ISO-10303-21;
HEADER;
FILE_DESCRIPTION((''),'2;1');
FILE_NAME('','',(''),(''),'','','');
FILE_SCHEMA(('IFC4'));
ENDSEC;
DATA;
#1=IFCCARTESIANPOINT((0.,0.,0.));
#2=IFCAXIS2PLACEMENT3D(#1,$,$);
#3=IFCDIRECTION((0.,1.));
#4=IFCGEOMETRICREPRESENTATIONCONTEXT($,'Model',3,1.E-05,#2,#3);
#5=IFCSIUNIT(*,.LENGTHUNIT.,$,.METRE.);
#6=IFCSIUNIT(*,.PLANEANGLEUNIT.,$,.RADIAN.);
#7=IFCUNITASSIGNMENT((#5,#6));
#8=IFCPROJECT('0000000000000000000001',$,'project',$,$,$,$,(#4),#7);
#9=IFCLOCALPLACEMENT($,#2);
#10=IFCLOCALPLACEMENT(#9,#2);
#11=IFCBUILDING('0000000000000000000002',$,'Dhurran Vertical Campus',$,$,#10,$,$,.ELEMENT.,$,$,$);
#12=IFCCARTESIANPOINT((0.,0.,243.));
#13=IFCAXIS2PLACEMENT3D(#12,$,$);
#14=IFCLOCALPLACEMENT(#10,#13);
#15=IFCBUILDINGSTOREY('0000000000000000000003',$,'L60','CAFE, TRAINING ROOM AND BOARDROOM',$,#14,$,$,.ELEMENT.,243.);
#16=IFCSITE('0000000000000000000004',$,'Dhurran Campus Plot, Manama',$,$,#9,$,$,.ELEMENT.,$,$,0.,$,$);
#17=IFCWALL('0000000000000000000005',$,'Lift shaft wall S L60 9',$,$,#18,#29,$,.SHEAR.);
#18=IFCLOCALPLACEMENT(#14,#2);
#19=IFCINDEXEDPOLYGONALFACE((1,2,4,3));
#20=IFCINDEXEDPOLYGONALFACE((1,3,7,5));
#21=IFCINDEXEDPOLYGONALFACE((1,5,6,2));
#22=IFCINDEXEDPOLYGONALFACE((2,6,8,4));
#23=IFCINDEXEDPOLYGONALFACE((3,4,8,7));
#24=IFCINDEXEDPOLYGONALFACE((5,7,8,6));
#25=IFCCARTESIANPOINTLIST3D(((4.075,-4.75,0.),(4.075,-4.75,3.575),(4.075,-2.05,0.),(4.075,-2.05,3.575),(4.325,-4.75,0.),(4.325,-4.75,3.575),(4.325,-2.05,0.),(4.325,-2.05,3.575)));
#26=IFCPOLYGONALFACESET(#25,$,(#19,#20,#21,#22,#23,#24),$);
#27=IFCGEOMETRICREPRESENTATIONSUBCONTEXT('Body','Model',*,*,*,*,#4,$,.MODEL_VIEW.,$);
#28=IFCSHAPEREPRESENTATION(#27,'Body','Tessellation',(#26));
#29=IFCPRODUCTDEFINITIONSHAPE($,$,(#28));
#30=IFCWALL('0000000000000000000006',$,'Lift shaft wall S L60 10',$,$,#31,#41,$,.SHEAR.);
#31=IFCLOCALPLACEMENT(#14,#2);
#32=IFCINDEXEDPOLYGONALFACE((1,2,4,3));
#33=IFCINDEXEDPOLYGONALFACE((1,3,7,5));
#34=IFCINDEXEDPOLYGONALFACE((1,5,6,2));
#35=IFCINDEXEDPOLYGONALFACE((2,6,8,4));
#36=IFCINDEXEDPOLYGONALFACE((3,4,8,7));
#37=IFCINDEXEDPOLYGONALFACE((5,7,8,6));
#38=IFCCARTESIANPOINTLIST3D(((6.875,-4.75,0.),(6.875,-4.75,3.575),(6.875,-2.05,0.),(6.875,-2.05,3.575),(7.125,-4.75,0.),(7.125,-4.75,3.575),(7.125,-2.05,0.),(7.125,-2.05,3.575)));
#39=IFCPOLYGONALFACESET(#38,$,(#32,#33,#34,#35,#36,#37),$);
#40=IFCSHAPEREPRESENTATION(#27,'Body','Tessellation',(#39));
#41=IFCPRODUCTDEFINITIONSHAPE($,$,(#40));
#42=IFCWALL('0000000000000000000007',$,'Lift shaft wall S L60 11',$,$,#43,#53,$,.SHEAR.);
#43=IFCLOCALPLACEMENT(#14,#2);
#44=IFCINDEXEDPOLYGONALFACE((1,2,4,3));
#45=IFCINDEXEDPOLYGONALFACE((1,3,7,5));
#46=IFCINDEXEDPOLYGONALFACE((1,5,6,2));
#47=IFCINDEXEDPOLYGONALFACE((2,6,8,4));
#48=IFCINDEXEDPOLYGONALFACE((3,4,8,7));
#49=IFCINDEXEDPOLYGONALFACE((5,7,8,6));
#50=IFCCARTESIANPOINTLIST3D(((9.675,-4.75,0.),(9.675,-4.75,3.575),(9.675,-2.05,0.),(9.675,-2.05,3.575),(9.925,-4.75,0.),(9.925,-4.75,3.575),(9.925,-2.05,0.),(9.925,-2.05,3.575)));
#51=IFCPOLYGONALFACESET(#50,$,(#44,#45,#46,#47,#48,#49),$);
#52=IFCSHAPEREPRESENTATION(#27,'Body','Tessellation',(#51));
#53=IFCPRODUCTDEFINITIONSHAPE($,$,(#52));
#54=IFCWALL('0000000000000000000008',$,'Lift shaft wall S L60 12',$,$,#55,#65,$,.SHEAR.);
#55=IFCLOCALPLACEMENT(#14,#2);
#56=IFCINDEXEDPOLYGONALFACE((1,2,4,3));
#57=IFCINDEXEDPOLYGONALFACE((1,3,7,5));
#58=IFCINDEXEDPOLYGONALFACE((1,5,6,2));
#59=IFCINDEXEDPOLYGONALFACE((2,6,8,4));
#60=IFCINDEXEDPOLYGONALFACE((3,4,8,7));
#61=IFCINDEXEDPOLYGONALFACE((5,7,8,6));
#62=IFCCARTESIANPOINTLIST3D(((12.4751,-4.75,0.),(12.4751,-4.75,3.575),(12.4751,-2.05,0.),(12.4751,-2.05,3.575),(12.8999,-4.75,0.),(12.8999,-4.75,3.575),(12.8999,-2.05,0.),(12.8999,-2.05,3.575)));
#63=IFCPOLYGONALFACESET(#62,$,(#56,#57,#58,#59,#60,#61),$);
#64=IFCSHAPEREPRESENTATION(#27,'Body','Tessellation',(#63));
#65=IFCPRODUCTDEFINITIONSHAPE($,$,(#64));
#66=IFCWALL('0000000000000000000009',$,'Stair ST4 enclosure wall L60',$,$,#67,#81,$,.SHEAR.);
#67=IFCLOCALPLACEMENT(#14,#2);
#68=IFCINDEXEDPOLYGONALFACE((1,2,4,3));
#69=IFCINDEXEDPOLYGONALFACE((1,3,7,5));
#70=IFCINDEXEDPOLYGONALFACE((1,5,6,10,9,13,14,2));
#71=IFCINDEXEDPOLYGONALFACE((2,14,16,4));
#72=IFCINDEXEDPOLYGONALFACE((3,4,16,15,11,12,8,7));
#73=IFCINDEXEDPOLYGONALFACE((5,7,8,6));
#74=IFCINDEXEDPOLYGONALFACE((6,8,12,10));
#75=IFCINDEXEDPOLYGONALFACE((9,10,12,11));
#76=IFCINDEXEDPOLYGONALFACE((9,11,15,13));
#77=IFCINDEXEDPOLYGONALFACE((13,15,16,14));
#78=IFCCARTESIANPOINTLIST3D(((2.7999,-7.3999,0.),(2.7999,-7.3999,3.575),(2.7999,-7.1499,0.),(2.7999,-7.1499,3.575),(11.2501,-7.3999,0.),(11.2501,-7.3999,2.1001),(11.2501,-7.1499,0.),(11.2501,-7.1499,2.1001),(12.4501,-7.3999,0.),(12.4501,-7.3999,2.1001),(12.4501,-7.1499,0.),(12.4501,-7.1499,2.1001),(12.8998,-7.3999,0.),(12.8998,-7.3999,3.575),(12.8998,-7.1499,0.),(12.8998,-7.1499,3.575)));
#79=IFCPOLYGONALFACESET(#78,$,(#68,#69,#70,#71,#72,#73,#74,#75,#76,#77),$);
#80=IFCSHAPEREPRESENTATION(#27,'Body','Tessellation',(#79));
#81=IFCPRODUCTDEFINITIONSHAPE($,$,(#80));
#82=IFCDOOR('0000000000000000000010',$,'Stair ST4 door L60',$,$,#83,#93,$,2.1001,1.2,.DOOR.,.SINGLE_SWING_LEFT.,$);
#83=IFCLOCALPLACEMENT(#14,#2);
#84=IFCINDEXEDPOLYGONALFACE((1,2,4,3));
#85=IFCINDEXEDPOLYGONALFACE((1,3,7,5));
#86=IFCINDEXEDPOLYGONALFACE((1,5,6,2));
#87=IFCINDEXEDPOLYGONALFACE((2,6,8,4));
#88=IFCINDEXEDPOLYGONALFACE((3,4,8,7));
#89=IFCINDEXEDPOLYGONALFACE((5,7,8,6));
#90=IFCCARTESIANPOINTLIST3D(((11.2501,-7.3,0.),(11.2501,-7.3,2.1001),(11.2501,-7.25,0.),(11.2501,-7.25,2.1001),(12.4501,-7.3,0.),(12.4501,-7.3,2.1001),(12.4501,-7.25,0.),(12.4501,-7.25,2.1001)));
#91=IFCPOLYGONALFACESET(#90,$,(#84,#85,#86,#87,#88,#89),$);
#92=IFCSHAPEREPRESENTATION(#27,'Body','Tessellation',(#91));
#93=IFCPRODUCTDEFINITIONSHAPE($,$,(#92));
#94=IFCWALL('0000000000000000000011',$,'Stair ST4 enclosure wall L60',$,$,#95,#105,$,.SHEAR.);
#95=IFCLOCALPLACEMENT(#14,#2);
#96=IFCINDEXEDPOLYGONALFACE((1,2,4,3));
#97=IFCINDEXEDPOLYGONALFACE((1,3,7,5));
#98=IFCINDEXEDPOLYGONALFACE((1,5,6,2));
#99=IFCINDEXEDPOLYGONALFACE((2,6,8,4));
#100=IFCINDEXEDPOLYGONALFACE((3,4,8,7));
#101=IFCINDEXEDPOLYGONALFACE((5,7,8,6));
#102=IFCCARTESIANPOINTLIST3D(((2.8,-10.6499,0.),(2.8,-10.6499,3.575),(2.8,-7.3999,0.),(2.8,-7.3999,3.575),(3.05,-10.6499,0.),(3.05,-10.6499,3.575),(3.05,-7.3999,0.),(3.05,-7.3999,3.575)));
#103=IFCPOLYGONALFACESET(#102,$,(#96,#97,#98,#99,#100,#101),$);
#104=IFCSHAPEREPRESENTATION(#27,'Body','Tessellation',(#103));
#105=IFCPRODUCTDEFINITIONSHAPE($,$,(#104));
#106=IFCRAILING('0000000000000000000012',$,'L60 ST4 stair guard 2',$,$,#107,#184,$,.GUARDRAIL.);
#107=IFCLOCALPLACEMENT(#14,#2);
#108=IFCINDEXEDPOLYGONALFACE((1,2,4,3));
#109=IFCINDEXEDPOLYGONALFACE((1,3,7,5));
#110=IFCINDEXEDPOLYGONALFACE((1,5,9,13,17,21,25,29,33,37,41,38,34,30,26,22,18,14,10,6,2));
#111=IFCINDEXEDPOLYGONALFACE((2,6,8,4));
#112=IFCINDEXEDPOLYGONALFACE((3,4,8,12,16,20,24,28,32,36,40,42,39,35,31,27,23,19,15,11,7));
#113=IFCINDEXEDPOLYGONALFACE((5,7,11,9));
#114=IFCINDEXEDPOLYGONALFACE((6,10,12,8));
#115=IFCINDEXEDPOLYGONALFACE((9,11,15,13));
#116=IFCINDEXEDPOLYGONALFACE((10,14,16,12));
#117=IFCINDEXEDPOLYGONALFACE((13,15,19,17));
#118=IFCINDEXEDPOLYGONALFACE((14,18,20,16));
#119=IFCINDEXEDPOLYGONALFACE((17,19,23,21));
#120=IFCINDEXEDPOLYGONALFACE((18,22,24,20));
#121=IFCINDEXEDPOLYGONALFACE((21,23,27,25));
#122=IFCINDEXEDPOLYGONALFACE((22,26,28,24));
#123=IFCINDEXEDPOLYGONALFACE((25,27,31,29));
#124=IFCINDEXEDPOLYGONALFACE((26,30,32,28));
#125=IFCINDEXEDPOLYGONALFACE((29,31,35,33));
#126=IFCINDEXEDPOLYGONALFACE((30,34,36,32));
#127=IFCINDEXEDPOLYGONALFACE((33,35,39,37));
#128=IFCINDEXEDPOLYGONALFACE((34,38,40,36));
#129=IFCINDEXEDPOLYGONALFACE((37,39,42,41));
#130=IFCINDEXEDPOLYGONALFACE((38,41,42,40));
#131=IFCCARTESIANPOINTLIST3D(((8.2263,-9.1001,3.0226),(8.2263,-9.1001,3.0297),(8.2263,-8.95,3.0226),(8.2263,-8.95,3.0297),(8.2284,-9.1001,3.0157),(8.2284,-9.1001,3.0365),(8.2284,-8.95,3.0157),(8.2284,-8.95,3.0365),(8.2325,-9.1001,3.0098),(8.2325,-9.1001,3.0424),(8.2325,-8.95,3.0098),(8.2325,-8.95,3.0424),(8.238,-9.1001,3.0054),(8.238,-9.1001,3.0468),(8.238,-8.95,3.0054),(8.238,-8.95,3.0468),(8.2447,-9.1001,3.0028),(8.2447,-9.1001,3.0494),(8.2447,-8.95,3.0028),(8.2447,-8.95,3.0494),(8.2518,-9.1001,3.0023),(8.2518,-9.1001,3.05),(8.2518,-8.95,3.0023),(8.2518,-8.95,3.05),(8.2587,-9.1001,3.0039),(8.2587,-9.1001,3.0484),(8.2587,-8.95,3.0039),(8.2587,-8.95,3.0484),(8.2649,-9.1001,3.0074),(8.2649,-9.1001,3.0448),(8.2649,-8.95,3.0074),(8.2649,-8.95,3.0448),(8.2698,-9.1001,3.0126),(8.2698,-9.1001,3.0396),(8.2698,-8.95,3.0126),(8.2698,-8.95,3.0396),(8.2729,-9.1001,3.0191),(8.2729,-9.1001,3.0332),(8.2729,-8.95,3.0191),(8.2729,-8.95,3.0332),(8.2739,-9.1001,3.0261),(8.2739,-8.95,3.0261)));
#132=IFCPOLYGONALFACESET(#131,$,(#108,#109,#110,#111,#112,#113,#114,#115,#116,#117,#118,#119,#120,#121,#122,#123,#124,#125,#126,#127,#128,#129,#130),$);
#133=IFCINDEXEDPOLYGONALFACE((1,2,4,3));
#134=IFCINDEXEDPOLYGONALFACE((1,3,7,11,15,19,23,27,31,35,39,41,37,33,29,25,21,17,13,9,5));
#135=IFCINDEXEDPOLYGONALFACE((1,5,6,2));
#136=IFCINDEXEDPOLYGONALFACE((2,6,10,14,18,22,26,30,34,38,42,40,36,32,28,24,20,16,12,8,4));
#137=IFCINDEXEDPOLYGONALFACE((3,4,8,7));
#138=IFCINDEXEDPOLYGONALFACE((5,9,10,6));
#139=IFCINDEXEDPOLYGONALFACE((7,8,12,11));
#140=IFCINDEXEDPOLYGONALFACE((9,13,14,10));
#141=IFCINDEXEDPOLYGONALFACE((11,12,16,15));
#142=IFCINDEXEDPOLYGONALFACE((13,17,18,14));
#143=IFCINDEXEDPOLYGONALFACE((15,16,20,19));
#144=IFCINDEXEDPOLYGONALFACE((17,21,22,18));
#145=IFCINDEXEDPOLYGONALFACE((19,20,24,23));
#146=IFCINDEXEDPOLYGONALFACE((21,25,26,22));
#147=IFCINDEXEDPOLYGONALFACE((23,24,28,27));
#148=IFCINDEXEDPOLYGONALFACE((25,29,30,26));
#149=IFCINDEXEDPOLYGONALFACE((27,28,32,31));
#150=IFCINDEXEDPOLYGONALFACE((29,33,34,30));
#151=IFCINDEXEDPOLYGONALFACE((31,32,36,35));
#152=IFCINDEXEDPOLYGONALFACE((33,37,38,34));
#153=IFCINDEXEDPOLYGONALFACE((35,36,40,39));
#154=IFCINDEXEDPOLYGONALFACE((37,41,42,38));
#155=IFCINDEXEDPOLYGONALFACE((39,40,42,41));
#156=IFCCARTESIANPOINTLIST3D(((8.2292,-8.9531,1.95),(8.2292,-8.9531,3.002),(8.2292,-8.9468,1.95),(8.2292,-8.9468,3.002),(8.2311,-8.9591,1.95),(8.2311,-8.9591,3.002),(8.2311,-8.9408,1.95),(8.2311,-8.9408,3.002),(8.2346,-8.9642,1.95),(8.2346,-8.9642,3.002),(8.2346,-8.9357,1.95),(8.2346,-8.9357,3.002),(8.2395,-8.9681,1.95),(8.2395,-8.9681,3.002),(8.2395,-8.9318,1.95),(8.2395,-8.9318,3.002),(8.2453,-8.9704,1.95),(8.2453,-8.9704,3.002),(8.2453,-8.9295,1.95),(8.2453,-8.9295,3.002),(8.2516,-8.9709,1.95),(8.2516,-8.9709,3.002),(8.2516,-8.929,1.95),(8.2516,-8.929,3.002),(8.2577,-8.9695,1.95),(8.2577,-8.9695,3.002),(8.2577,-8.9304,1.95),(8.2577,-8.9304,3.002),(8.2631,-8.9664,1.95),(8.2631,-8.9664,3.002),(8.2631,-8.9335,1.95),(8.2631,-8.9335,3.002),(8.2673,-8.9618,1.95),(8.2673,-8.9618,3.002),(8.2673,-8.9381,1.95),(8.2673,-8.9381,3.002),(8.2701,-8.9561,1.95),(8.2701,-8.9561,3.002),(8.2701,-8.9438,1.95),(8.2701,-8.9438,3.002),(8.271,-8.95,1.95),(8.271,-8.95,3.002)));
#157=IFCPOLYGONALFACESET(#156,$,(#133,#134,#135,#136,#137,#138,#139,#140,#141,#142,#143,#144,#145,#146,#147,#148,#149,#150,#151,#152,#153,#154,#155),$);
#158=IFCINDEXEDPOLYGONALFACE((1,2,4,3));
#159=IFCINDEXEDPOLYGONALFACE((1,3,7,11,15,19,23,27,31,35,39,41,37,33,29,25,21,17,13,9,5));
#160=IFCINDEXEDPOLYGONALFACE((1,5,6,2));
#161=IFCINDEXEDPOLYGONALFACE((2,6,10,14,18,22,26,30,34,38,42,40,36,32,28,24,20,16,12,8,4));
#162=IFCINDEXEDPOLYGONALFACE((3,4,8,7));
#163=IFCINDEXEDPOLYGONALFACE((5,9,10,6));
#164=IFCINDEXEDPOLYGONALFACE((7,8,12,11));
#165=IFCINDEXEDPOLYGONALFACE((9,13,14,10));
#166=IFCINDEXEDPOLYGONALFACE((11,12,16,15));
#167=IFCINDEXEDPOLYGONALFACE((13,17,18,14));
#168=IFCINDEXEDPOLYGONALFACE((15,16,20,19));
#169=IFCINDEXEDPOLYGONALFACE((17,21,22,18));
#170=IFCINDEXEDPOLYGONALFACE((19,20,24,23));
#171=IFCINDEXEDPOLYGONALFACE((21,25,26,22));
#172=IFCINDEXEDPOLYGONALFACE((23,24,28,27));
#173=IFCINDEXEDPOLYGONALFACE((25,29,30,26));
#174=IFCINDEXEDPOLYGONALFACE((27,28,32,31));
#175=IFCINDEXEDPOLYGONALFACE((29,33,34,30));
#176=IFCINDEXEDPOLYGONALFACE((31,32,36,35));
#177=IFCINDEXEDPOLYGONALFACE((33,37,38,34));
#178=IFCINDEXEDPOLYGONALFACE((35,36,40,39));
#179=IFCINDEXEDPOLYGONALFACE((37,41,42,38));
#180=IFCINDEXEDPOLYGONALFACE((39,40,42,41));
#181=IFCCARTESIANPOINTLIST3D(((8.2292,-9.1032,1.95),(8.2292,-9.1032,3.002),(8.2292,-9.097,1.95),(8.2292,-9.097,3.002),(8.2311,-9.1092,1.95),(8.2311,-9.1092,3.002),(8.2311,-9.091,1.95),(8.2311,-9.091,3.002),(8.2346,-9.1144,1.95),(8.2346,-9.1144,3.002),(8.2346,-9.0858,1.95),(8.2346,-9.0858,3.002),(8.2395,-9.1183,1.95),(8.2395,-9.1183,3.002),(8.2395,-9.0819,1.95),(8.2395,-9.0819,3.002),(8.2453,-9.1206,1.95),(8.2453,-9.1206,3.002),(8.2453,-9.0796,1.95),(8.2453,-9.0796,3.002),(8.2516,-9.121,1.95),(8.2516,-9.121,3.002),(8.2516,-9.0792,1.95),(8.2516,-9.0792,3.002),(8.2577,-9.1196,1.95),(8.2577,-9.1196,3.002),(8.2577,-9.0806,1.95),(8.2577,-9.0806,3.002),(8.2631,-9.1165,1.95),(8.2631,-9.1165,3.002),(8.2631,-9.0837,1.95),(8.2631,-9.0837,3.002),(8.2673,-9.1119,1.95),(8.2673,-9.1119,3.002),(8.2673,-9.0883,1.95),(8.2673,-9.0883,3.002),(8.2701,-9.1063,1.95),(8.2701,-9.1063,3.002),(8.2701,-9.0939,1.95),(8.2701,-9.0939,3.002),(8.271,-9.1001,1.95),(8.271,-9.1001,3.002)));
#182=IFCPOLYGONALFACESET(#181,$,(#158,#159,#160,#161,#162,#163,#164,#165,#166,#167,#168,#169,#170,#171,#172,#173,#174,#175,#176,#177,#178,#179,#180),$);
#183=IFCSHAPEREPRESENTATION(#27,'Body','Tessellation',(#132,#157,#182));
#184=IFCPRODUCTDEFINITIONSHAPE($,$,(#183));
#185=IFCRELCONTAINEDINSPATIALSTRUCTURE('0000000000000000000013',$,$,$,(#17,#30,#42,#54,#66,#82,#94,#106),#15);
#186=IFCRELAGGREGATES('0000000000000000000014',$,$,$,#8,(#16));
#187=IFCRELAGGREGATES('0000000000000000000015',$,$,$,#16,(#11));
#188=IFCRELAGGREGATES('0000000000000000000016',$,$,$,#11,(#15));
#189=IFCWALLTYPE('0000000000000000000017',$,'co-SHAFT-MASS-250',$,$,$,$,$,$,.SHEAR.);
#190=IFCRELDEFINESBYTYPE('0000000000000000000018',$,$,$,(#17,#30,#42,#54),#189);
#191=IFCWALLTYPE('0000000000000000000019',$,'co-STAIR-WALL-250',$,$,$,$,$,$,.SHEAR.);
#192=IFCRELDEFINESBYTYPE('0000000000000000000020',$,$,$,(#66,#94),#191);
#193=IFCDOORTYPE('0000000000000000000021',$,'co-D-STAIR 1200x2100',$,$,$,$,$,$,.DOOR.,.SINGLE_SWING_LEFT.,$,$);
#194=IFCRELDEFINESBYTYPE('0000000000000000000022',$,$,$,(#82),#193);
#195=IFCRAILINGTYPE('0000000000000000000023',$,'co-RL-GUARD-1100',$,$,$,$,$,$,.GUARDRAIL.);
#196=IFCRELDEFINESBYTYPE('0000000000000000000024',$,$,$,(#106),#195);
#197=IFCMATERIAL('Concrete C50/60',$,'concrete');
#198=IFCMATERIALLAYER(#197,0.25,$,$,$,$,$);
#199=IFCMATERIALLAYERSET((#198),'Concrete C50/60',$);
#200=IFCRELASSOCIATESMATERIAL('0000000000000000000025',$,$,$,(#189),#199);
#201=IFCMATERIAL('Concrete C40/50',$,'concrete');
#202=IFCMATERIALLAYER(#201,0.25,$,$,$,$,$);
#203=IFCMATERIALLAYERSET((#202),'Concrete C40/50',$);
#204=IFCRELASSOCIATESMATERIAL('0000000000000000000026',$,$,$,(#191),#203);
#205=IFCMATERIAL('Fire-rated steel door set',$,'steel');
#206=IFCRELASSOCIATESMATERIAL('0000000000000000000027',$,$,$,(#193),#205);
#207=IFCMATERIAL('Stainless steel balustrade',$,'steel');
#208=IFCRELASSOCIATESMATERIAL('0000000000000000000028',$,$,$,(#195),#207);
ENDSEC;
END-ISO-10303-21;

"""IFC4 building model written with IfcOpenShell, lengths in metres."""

from ifc_helpers import new_model, si_unit, direction, frame, frame_2d, origin, origin_2d, place, context, subcontext, project, spatial, polyline, rectangle, circle, outline, extrude, material, layer, layer_set, type_object, element, fill, save


model = new_model("IFC4")

# Units and contexts
model_context = context("Model", 3, precision=1e-05, world=origin(), true_north=direction((0.0, 1.0)))
body_context = subcontext(model_context, "Body", "Model", "MODEL_VIEW")
ifc_project = project(units=[si_unit("LENGTHUNIT", "METRE"), si_unit("PLANEANGLEUNIT", "RADIAN")], contexts=[model_context])

# Site, building, storey
site_placement = place(None, origin())
site = spatial("IfcSite", under=ifc_project, at=site_placement, Name="Dhurran Campus Plot, Manama", CompositionType="ELEMENT", RefElevation=0.0)
building_placement = place(site_placement, origin())
building = spatial("IfcBuilding", under=site, at=building_placement, Name="Dhurran Vertical Campus", CompositionType="ELEMENT")
storey_placement = place(building_placement, frame((0.0, 0.0, 243.0)))
storey = spatial("IfcBuildingStorey", under=building, at=storey_placement, Name="L60", Description="CAFE, TRAINING ROOM AND BOARDROOM", CompositionType="ELEMENT", Elevation=243.0)

# Walls
ifc_material_1 = material(Name="Concrete C50/60", Category="concrete")
ifc_layer_1 = layer(ifc_material_1, 0.25)
ifc_layer_set_1 = layer_set([ifc_layer_1], Name="Concrete C50/60")
wall_type_1 = type_object("IfcWallType", Name="co-SHAFT-MASS-250", PredefinedType="SHEAR", material=ifc_layer_set_1)
wall_1_placement = place(storey_placement, origin())
element("IfcWall", 1, at=wall_1_placement, inside=storey, type_object=wall_type_1, Name="Lift shaft wall S L60 9", PredefinedType="SHEAR", context=body_context, shape_type="SweptSolid", body=[
    extrude(outline(polyline([(4.075, -4.75), (4.325, -4.75), (4.325, -2.05), (4.075, -2.05), (4.075, -4.75)])), origin(), (0.0, 0.0, 1.0), 3.575),
])
wall_2_placement = place(storey_placement, origin())
element("IfcWall", 2, at=wall_2_placement, inside=storey, type_object=wall_type_1, Name="Lift shaft wall S L60 10", PredefinedType="SHEAR", context=body_context, shape_type="SweptSolid", body=[
    extrude(outline(polyline([(6.875, -4.75), (7.125, -4.75), (7.125, -2.05), (6.875, -2.05), (6.875, -4.75)])), origin(), (0.0, 0.0, 1.0), 3.575),
])
wall_3_placement = place(storey_placement, origin())
element("IfcWall", 3, at=wall_3_placement, inside=storey, type_object=wall_type_1, Name="Lift shaft wall S L60 11", PredefinedType="SHEAR", context=body_context, shape_type="SweptSolid", body=[
    extrude(outline(polyline([(9.675, -4.75), (9.925, -4.75), (9.925, -2.05), (9.675, -2.05), (9.675, -4.75)])), origin(), (0.0, 0.0, 1.0), 3.575),
])
wall_4_placement = place(storey_placement, origin())
element("IfcWall", 4, at=wall_4_placement, inside=storey, type_object=wall_type_1, Name="Lift shaft wall S L60 12", PredefinedType="SHEAR", context=body_context, shape_type="SweptSolid", body=[
    extrude(outline(polyline([(12.4751, -4.75), (12.8999, -4.75), (12.8999, -2.05), (12.4751, -2.05), (12.4751, -4.75)])), origin(), (0.0, 0.0, 1.0), 3.575),
])

# Wall, opening, door
ifc_material_2 = material(Name="Concrete C40/50", Category="concrete")
ifc_layer_2 = layer(ifc_material_2, 0.25)
ifc_layer_set_2 = layer_set([ifc_layer_2], Name="Concrete C40/50")
wall_type_2 = type_object("IfcWallType", Name="co-STAIR-WALL-250", PredefinedType="SHEAR", material=ifc_layer_set_2)
wall_5_placement = place(storey_placement, frame((2.8, -7.2749, 0.0), z_axis=(0.0, 0.0, 1.0), x_axis=(1.0, 0.0, 0.0)))
wall_5 = element("IfcWall", 5, at=wall_5_placement, inside=storey, type_object=wall_type_2, Name="Stair ST4 enclosure wall L60", PredefinedType="SHEAR", context=body_context, shape_type="SweptSolid", body=[
    extrude(rectangle(XDim=10.0999, YDim=0.25, at=frame_2d((5.0498, 0.0))), origin(), (0.0, 0.0, 1.0), 3.575),
])
opening_1_placement = place(wall_5_placement, frame((8.45, 0.0, 0.0)))
opening_1 = element("IfcOpeningElement", 6, at=opening_1_placement, cuts=wall_5, PredefinedType="OPENING", context=body_context, shape_type="SweptSolid", body=[
    extrude(rectangle(XDim=1.2, YDim=2.1001, at=frame_2d((0.6001, 1.05))), frame((0.0, 0.135, 0.0), z_axis=(0.0, -1.0, 0.0), x_axis=(1.0, 0.0, 0.0)), (0.0, 0.0, 1.0), 0.27),
])
ifc_material_3 = material(Name="Fire-rated steel door set", Category="steel")
door_type_1 = type_object("IfcDoorType", Name="co-D-STAIR 1200x2100", OperationType="SINGLE_SWING_LEFT", PredefinedType="DOOR", material=ifc_material_3)
door_1_placement = place(opening_1_placement, origin())
door_1 = element("IfcDoor", 7, at=door_1_placement, inside=storey, type_object=door_type_1, Name="Stair ST4 door L60", OperationType="SINGLE_SWING_LEFT", OverallHeight=2.1001, OverallWidth=1.2, PredefinedType="DOOR", context=body_context, shape_type="SweptSolid", body=[
    extrude(rectangle(XDim=1.2, YDim=2.1001, at=frame_2d((0.6001, 1.05))), frame((0.0, 0.0249, 0.0), z_axis=(0.0, -1.0, 0.0), x_axis=(1.0, 0.0, 0.0)), (0.0, 0.0, 1.0), 0.05),
])
fill(opening_1, door_1)

# Wall
wall_6_placement = place(storey_placement, frame((2.925, -10.6499, 0.0), z_axis=(0.0, 0.0, 1.0), x_axis=(0.0, 1.0, 0.0)))
element("IfcWall", 8, at=wall_6_placement, inside=storey, type_object=wall_type_2, Name="Stair ST4 enclosure wall L60", PredefinedType="SHEAR", context=body_context, shape_type="SweptSolid", body=[
    extrude(rectangle(XDim=3.25, YDim=0.25, at=frame_2d((1.625, 0.0))), origin(), (0.0, 0.0, 1.0), 3.575),
])

# Railing
ifc_material_4 = material(Name="Stainless steel balustrade", Category="steel")
railing_type_1 = type_object("IfcRailingType", Name="co-RL-GUARD-1100", PredefinedType="GUARDRAIL", material=ifc_material_4)
railing_1_placement = place(storey_placement, frame((8.25, -8.95, 1.95)))
element("IfcRailing", 9, at=railing_1_placement, inside=storey, type_object=railing_type_1, Name="L60 ST4 stair guard 2", PredefinedType="GUARDRAIL", context=body_context, shape_type="SweptSolid", body=[
    extrude(circle(Radius=0.0239, at=origin_2d()), frame((0.0, 0.0, 1.0762), z_axis=(0.0, -1.0, 0.0), x_axis=(1.0, 0.0, 0.0)), (0.0, 0.0, 1.0), 0.1501),
    extrude(circle(Radius=0.021, at=origin_2d()), origin(), (0.0, 0.0, 1.0), 1.052),
    extrude(circle(Radius=0.021, at=origin_2d()), frame((0.0, -0.1501, 0.0)), (0.0, 0.0, 1.0), 1.052),
])

save(model, "model.ifc")
